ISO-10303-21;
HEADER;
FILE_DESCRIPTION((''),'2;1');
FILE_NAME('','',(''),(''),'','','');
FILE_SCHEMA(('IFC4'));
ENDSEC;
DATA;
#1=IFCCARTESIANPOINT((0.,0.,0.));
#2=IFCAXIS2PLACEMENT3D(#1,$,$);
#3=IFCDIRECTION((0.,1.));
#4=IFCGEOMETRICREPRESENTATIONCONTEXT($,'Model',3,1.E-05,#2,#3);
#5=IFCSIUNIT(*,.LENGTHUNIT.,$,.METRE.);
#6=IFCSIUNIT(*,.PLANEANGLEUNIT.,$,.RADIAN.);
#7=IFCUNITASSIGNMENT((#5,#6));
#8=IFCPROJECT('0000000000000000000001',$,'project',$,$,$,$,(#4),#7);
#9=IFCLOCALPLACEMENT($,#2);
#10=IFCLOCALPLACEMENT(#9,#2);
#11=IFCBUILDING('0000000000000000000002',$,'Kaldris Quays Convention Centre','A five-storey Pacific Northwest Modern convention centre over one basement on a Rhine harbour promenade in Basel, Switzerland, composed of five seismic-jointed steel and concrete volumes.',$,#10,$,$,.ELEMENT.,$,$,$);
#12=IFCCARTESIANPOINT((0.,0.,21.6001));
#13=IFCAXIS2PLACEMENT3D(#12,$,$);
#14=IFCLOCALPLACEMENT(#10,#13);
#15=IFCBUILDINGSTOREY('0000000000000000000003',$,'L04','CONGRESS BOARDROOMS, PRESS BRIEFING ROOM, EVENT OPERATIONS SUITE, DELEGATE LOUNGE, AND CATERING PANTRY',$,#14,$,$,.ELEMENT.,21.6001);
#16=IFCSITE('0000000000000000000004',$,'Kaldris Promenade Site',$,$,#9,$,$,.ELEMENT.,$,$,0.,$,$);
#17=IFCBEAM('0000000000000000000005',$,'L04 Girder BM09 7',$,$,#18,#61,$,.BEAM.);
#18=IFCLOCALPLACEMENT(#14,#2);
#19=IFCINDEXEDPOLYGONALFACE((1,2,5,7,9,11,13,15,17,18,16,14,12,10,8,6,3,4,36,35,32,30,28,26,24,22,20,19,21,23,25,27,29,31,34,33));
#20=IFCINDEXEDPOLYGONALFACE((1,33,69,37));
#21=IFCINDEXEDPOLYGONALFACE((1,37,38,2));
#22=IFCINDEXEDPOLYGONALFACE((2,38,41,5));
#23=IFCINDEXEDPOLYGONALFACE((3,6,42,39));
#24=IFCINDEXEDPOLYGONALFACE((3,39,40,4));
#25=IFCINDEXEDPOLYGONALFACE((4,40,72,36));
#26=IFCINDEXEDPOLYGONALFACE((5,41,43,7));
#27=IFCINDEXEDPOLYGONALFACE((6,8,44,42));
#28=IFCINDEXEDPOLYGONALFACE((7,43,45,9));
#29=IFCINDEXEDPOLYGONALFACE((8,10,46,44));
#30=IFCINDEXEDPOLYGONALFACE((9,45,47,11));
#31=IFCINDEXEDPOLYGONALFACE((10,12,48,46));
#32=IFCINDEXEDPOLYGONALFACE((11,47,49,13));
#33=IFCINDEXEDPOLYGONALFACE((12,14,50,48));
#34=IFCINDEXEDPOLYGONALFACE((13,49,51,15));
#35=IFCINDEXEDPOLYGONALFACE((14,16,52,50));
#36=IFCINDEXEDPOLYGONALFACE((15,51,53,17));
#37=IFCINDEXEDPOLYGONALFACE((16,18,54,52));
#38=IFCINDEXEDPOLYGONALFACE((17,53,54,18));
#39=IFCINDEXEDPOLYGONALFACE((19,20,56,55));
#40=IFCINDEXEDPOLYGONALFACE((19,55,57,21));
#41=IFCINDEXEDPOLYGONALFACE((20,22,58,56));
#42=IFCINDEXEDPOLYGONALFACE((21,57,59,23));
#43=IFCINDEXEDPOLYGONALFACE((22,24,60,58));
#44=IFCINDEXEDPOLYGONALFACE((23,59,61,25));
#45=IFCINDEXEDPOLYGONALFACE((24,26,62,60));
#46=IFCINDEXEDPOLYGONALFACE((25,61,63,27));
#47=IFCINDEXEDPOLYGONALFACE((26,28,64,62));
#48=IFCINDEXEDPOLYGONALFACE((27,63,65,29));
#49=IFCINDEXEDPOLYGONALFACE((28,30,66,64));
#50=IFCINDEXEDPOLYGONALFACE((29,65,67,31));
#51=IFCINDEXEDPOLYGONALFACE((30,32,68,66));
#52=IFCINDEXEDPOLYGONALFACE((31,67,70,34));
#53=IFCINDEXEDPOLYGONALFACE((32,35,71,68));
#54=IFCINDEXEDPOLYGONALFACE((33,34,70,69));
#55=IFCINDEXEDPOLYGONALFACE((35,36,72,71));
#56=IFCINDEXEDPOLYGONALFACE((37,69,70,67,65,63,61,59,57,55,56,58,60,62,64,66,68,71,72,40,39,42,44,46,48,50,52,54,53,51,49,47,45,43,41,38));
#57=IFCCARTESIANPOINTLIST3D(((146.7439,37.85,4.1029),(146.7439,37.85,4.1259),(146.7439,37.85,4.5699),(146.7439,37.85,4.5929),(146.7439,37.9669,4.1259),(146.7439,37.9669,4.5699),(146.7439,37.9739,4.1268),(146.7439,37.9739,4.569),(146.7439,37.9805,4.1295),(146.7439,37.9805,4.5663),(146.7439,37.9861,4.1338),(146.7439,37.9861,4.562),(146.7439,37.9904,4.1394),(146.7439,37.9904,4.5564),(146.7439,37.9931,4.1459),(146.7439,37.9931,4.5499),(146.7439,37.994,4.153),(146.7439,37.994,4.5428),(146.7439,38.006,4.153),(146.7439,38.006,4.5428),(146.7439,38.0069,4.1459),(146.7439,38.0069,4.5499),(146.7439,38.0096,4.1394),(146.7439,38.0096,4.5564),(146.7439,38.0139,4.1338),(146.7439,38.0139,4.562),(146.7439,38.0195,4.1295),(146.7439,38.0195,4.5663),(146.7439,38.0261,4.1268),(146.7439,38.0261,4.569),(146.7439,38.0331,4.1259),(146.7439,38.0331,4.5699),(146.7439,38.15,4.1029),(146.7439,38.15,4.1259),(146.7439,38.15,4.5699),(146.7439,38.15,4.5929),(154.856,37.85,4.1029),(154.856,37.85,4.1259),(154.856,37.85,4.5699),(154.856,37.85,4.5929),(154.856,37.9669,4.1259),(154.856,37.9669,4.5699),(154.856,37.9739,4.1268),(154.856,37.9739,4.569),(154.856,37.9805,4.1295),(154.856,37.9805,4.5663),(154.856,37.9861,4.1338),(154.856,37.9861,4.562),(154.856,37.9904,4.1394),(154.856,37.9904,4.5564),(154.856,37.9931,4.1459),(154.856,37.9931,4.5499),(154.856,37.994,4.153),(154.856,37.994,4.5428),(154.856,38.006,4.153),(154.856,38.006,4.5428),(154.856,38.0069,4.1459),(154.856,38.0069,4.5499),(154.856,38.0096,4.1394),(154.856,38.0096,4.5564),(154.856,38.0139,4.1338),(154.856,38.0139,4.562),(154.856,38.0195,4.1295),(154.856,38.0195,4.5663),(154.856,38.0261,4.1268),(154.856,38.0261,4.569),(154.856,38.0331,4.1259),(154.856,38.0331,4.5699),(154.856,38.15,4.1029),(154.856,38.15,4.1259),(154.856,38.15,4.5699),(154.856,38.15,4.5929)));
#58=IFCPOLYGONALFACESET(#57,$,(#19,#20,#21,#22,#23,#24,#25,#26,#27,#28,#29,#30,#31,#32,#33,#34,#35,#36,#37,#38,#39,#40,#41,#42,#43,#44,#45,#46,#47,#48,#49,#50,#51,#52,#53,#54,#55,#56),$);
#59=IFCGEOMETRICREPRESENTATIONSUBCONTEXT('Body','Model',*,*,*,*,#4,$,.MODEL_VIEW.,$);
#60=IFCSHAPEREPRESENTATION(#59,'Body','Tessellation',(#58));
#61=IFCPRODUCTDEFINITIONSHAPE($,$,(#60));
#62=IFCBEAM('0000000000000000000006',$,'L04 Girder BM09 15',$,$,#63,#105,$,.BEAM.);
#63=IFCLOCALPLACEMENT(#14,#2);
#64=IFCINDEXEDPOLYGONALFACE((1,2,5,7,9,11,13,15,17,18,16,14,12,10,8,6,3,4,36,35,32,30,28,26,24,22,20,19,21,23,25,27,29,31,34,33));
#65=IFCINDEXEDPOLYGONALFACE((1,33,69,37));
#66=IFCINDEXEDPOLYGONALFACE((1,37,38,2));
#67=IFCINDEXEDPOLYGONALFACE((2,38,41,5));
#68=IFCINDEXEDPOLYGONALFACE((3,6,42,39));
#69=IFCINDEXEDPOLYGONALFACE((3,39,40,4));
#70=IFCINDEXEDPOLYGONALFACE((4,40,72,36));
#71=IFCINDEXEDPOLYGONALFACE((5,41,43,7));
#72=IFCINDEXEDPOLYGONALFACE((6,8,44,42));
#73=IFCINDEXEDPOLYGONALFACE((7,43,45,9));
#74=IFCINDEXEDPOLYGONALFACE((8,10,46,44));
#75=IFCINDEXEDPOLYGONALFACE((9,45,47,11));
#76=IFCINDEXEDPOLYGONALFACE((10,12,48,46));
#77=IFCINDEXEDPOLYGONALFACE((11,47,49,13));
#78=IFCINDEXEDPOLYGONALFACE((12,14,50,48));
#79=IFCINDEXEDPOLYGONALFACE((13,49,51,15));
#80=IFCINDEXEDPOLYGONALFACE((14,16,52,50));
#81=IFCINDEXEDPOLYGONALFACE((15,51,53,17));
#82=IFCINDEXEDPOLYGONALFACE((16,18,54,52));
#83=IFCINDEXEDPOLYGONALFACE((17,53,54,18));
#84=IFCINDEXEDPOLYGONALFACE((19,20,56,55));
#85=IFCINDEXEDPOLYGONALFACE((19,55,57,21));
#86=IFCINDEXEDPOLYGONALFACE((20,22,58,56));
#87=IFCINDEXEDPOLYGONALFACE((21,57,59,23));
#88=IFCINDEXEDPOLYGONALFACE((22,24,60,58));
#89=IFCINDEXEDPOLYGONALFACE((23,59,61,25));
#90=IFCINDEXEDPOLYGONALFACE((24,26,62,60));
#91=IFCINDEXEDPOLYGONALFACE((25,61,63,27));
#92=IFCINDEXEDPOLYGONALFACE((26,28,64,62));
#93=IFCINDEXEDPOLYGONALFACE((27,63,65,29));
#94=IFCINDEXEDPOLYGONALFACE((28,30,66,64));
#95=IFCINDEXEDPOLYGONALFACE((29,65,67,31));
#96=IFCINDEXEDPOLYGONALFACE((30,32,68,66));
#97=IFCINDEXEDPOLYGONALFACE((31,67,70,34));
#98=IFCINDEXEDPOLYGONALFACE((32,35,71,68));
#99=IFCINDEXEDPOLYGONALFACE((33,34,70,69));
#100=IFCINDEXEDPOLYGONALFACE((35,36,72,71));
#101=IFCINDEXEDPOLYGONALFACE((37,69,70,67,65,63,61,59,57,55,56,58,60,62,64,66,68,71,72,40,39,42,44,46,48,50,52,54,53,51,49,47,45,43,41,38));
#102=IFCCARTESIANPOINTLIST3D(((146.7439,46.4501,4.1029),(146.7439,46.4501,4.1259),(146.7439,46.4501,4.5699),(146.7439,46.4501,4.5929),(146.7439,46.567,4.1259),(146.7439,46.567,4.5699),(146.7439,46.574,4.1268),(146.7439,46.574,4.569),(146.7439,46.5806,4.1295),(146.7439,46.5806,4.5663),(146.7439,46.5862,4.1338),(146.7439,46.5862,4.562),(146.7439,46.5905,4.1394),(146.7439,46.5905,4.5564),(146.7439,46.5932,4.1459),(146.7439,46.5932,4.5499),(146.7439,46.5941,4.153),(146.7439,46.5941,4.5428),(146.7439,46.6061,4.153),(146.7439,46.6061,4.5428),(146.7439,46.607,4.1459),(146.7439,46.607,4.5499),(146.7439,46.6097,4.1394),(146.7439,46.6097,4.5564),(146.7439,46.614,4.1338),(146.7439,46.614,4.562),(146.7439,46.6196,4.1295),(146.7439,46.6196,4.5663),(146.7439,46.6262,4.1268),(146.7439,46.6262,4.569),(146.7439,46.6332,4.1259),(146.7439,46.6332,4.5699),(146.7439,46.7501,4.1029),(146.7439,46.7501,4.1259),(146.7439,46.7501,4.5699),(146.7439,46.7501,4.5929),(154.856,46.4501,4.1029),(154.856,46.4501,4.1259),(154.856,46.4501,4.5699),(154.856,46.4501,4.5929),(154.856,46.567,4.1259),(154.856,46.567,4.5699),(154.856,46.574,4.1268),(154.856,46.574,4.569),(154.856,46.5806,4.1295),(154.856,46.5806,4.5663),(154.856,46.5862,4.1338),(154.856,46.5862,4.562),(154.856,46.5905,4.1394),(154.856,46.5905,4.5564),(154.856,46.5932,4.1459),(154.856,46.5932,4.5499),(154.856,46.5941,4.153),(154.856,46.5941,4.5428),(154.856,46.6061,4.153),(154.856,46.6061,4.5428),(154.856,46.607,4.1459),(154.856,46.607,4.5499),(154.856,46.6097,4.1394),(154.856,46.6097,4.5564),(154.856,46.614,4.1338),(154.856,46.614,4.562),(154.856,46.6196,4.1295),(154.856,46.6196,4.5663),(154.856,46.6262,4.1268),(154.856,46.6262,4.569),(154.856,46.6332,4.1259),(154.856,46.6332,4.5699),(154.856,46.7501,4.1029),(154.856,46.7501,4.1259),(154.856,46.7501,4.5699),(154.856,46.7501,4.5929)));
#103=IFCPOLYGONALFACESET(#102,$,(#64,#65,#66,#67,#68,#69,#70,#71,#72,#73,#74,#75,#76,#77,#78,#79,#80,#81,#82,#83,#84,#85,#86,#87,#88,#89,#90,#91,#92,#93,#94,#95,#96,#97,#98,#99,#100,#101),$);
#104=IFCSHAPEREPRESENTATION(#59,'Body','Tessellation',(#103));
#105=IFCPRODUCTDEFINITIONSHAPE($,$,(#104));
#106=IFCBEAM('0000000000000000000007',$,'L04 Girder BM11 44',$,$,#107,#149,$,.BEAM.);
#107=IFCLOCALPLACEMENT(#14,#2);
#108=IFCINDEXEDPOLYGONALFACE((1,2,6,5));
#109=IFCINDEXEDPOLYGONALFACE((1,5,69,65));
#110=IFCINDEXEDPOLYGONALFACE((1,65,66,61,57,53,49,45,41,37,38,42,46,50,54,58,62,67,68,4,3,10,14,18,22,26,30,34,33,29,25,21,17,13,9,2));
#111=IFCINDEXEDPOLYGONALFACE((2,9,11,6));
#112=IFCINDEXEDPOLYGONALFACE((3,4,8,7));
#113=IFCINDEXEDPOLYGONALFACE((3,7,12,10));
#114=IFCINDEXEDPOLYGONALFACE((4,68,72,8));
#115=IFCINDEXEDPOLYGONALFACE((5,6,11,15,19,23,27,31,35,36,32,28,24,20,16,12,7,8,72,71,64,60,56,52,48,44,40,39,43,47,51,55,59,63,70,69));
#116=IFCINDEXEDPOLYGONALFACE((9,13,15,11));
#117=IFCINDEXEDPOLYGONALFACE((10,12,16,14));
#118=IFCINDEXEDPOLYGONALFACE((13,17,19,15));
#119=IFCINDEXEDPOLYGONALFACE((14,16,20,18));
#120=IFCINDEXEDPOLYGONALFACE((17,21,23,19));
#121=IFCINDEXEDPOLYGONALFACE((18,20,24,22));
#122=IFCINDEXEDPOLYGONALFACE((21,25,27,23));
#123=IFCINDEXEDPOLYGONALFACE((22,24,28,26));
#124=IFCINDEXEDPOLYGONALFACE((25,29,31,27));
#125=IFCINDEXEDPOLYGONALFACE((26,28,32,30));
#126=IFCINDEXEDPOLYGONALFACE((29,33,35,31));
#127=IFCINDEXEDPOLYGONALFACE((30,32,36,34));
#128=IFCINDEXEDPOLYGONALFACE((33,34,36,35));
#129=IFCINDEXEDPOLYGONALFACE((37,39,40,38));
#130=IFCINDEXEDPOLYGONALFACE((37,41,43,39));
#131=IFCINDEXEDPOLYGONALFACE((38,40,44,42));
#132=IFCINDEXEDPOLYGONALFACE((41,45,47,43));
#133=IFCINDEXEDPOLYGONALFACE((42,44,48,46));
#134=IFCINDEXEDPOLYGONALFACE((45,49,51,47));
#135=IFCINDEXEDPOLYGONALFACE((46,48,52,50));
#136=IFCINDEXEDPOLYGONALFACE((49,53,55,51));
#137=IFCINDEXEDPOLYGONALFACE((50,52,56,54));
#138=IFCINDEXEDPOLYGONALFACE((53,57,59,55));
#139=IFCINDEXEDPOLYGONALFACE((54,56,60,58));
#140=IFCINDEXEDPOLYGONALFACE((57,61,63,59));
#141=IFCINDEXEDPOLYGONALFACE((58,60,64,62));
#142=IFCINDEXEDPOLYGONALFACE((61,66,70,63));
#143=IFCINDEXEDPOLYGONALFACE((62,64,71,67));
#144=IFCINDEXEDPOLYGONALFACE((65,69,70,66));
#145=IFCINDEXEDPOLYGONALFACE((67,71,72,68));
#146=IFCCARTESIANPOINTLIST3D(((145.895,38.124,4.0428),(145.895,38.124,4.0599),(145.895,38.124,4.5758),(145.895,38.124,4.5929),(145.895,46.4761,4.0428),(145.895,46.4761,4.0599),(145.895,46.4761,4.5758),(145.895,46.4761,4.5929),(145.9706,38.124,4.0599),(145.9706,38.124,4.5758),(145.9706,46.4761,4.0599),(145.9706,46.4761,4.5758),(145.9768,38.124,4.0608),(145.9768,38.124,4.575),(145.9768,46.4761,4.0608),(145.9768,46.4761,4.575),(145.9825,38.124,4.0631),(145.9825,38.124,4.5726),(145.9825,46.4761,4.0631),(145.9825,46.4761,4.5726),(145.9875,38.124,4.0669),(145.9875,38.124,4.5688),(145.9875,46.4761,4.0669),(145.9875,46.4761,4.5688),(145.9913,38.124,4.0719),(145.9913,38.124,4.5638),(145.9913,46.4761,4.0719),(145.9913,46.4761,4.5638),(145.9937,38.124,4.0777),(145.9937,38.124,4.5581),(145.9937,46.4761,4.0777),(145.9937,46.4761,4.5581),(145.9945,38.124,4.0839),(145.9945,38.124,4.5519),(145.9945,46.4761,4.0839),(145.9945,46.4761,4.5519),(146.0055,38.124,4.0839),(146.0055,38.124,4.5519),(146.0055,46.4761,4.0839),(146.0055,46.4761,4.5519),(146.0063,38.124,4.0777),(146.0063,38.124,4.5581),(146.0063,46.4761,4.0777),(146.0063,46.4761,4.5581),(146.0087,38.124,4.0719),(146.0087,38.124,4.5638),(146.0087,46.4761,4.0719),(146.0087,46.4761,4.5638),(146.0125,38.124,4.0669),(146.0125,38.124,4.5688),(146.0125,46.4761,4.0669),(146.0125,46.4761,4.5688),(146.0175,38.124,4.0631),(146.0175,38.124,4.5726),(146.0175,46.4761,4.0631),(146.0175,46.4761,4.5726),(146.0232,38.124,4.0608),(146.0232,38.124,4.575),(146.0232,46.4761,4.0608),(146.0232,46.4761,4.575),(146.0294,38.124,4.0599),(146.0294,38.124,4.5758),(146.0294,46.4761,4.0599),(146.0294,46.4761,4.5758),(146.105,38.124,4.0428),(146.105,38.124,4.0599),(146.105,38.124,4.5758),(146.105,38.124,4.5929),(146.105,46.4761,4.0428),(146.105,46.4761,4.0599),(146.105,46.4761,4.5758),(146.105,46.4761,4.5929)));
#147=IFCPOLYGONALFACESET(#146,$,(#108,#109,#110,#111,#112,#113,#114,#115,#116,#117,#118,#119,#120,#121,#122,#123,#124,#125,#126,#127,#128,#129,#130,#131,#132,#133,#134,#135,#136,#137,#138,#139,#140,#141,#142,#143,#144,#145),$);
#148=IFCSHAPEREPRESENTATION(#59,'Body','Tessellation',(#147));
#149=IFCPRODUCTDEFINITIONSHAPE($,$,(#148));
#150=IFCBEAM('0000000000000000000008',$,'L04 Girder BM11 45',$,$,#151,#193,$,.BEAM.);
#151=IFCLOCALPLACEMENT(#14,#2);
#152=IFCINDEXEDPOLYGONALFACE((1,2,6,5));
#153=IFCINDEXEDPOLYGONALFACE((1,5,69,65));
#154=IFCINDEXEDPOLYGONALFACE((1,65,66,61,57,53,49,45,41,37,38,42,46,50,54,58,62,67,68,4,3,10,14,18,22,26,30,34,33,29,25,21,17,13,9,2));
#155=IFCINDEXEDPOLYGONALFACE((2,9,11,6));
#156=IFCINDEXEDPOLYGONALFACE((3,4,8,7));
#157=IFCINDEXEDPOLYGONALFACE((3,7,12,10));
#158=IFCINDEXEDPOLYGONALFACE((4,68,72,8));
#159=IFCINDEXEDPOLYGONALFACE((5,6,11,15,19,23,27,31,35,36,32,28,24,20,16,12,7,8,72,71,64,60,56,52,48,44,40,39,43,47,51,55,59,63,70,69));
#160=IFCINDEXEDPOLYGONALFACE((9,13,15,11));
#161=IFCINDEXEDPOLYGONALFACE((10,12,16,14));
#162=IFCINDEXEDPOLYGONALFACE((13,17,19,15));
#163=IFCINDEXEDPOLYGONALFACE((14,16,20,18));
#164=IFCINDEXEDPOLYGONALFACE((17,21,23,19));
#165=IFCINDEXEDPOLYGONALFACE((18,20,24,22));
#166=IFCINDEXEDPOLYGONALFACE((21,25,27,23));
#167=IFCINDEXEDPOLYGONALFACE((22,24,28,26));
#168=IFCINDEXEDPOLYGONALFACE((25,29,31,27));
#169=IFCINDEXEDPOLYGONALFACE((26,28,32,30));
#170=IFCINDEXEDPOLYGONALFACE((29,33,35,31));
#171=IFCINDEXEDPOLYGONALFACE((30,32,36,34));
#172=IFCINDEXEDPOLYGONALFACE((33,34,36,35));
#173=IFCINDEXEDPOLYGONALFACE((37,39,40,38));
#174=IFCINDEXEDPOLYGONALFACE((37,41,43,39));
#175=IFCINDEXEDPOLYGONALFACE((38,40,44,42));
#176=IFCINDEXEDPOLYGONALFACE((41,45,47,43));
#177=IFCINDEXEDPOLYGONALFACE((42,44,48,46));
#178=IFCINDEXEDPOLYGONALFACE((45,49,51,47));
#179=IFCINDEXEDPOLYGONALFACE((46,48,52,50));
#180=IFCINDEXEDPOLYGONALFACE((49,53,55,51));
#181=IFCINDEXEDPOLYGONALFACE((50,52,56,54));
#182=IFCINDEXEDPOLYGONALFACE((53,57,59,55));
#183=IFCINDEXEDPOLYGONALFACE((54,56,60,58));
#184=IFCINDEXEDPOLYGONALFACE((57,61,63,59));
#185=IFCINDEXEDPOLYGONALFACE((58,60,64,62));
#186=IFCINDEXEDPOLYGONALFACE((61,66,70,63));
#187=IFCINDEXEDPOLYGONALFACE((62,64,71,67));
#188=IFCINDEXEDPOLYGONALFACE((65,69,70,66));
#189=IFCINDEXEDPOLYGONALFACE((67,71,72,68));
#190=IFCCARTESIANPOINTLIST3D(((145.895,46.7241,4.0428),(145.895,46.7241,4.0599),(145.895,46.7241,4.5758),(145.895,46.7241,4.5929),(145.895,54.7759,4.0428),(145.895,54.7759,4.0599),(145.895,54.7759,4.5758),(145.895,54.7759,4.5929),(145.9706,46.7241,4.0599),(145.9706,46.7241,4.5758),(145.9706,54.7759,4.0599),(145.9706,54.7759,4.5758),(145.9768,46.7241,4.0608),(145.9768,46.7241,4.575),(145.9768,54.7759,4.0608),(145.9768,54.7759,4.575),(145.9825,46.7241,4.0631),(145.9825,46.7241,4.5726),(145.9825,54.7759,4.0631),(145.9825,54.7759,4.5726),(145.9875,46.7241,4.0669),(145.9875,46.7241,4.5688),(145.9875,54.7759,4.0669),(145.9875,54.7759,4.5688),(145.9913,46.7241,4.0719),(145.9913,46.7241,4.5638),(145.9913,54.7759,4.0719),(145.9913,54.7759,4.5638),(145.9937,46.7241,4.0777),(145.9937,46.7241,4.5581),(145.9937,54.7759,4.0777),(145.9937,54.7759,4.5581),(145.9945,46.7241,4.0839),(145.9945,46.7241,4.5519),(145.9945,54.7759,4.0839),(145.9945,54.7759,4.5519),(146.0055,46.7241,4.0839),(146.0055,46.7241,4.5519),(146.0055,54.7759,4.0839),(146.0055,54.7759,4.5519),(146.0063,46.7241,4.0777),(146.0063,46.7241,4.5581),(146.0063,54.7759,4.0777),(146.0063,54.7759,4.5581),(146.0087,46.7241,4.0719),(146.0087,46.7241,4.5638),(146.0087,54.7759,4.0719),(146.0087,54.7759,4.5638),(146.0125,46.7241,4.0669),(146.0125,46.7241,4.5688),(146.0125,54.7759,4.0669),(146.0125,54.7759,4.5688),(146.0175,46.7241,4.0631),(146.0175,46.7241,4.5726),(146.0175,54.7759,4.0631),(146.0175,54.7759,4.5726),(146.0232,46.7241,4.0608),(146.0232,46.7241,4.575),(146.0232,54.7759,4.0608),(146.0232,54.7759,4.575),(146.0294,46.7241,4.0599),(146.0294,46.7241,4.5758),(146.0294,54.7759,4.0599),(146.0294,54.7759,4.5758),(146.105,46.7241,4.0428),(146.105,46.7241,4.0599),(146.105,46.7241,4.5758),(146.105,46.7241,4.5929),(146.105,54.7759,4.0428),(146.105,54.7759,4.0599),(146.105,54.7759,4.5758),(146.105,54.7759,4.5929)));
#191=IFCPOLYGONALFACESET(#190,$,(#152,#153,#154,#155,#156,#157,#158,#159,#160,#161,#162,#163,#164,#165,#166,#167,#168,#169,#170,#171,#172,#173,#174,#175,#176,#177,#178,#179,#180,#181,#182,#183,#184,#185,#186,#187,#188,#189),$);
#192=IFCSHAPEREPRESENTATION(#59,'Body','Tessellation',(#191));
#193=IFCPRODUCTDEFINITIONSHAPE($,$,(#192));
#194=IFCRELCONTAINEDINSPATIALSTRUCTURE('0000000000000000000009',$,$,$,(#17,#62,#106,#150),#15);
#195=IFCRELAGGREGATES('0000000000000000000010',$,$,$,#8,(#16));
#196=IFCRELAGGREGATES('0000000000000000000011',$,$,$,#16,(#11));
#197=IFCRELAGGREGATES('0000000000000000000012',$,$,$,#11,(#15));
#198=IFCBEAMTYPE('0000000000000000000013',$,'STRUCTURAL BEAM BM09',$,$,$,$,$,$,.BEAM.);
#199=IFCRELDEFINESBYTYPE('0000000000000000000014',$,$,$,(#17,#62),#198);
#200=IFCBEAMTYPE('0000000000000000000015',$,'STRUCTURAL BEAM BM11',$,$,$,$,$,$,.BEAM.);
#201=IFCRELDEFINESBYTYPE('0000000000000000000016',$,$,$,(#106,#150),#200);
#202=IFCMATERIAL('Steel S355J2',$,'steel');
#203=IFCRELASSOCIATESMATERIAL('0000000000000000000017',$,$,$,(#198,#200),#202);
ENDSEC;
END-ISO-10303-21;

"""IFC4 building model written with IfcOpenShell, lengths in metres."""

from ifc_helpers import new_model, si_unit, direction, frame, origin, origin_2d, place, context, subcontext, project, spatial, i_section, extrude, material, material_profile, profile_set, type_object, element, save


model = new_model("IFC4")

# Units and contexts
model_context = context("Model", 3, precision=1e-05, world=origin(), true_north=direction((0.0, 1.0)))
body_context = subcontext(model_context, "Body", "Model", "MODEL_VIEW")
ifc_project = project(units=[si_unit("LENGTHUNIT", "METRE"), si_unit("PLANEANGLEUNIT", "RADIAN")], contexts=[model_context])

# Site, building, storey
site_placement = place(None, origin())
site = spatial("IfcSite", under=ifc_project, at=site_placement, Name="Kaldris Promenade Site", CompositionType="ELEMENT", RefElevation=0.0)
building_placement = place(site_placement, origin())
building = spatial("IfcBuilding", under=site, at=building_placement, Name="Kaldris Quays Convention Centre", Description="A five-storey Pacific Northwest Modern convention centre over one basement on a Rhine harbour promenade in Basel, Switzerland, composed of five seismic-jointed steel and concrete volumes.", CompositionType="ELEMENT")
storey_placement = place(building_placement, frame((0.0, 0.0, 21.6001)))
storey = spatial("IfcBuildingStorey", under=building, at=storey_placement, Name="L04", Description="CONGRESS BOARDROOMS, PRESS BRIEFING ROOM, EVENT OPERATIONS SUITE, DELEGATE LOUNGE, AND CATERING PANTRY", CompositionType="ELEMENT", Elevation=21.6001)

# Shared definitions
ifc_material_1 = material(Name="Steel S355J2", Category="steel")

# Beams
ifc_material_profile_1 = material_profile(ifc_material_1, i_section(OverallWidth=0.3, OverallDepth=0.49, WebThickness=0.012, FlangeThickness=0.0229, FilletRadius=0.0271, at=origin_2d()), Name="HEA 500")
ifc_profile_set_1 = profile_set([ifc_material_profile_1], Name="Steel S355J2")
beam_type_1 = type_object("IfcBeamType", Name="STRUCTURAL BEAM BM09", PredefinedType="BEAM", material=ifc_profile_set_1)
for number, where, z_axis, x_axis, name in (
    (1, (146.7439, 38.0, 4.3479), (1.0, 0.0, 0.0), (0.0, 1.0, 0.0), "L04 Girder BM09 7"),
    (2, (146.7439, 46.6001, 4.3479), (1.0, 0.0, 0.0), (0.0, 1.0, 0.0), "L04 Girder BM09 15"),
):
    element("IfcBeam", number, at=place(storey_placement, frame(where, z_axis=z_axis, x_axis=x_axis)), inside=storey, type_object=beam_type_1, Name=name, PredefinedType="BEAM", context=body_context, shape_type="SweptSolid", body=[
        extrude(i_section(OverallWidth=0.3, OverallDepth=0.49, WebThickness=0.012, FlangeThickness=0.0229, FilletRadius=0.0271, at=origin_2d()), origin(), (0.0, 0.0, 1.0), 8.1121),
    ])
ifc_material_profile_2 = material_profile(ifc_material_1, i_section(OverallWidth=0.21, OverallDepth=0.55, WebThickness=0.011, FlangeThickness=0.0171, FilletRadius=0.0239, at=origin_2d()), Name="IPE 550")
ifc_profile_set_2 = profile_set([ifc_material_profile_2], Name="Steel S355J2")
beam_type_2 = type_object("IfcBeamType", Name="STRUCTURAL BEAM BM11", PredefinedType="BEAM", material=ifc_profile_set_2)
beam_1_placement = place(storey_placement, frame((146.0, 38.124, 4.3179), z_axis=(0.0, 1.0, 0.0), x_axis=(-1.0, 0.0, 0.0)))
element("IfcBeam", 3, at=beam_1_placement, inside=storey, type_object=beam_type_2, Name="L04 Girder BM11 44", PredefinedType="BEAM", context=body_context, shape_type="SweptSolid", body=[
    extrude(i_section(OverallWidth=0.21, OverallDepth=0.55, WebThickness=0.011, FlangeThickness=0.0171, FilletRadius=0.0239, at=origin_2d()), origin(), (0.0, 0.0, 1.0), 8.3521),
])
beam_2_placement = place(storey_placement, frame((146.0, 46.7241, 4.3179), z_axis=(0.0, 1.0, 0.0), x_axis=(-1.0, 0.0, 0.0)))
element("IfcBeam", 4, at=beam_2_placement, inside=storey, type_object=beam_type_2, Name="L04 Girder BM11 45", PredefinedType="BEAM", context=body_context, shape_type="SweptSolid", body=[
    extrude(i_section(OverallWidth=0.21, OverallDepth=0.55, WebThickness=0.011, FlangeThickness=0.0171, FilletRadius=0.0239, at=origin_2d()), origin(), (0.0, 0.0, 1.0), 8.0518),
])

save(model, "model.ifc")
